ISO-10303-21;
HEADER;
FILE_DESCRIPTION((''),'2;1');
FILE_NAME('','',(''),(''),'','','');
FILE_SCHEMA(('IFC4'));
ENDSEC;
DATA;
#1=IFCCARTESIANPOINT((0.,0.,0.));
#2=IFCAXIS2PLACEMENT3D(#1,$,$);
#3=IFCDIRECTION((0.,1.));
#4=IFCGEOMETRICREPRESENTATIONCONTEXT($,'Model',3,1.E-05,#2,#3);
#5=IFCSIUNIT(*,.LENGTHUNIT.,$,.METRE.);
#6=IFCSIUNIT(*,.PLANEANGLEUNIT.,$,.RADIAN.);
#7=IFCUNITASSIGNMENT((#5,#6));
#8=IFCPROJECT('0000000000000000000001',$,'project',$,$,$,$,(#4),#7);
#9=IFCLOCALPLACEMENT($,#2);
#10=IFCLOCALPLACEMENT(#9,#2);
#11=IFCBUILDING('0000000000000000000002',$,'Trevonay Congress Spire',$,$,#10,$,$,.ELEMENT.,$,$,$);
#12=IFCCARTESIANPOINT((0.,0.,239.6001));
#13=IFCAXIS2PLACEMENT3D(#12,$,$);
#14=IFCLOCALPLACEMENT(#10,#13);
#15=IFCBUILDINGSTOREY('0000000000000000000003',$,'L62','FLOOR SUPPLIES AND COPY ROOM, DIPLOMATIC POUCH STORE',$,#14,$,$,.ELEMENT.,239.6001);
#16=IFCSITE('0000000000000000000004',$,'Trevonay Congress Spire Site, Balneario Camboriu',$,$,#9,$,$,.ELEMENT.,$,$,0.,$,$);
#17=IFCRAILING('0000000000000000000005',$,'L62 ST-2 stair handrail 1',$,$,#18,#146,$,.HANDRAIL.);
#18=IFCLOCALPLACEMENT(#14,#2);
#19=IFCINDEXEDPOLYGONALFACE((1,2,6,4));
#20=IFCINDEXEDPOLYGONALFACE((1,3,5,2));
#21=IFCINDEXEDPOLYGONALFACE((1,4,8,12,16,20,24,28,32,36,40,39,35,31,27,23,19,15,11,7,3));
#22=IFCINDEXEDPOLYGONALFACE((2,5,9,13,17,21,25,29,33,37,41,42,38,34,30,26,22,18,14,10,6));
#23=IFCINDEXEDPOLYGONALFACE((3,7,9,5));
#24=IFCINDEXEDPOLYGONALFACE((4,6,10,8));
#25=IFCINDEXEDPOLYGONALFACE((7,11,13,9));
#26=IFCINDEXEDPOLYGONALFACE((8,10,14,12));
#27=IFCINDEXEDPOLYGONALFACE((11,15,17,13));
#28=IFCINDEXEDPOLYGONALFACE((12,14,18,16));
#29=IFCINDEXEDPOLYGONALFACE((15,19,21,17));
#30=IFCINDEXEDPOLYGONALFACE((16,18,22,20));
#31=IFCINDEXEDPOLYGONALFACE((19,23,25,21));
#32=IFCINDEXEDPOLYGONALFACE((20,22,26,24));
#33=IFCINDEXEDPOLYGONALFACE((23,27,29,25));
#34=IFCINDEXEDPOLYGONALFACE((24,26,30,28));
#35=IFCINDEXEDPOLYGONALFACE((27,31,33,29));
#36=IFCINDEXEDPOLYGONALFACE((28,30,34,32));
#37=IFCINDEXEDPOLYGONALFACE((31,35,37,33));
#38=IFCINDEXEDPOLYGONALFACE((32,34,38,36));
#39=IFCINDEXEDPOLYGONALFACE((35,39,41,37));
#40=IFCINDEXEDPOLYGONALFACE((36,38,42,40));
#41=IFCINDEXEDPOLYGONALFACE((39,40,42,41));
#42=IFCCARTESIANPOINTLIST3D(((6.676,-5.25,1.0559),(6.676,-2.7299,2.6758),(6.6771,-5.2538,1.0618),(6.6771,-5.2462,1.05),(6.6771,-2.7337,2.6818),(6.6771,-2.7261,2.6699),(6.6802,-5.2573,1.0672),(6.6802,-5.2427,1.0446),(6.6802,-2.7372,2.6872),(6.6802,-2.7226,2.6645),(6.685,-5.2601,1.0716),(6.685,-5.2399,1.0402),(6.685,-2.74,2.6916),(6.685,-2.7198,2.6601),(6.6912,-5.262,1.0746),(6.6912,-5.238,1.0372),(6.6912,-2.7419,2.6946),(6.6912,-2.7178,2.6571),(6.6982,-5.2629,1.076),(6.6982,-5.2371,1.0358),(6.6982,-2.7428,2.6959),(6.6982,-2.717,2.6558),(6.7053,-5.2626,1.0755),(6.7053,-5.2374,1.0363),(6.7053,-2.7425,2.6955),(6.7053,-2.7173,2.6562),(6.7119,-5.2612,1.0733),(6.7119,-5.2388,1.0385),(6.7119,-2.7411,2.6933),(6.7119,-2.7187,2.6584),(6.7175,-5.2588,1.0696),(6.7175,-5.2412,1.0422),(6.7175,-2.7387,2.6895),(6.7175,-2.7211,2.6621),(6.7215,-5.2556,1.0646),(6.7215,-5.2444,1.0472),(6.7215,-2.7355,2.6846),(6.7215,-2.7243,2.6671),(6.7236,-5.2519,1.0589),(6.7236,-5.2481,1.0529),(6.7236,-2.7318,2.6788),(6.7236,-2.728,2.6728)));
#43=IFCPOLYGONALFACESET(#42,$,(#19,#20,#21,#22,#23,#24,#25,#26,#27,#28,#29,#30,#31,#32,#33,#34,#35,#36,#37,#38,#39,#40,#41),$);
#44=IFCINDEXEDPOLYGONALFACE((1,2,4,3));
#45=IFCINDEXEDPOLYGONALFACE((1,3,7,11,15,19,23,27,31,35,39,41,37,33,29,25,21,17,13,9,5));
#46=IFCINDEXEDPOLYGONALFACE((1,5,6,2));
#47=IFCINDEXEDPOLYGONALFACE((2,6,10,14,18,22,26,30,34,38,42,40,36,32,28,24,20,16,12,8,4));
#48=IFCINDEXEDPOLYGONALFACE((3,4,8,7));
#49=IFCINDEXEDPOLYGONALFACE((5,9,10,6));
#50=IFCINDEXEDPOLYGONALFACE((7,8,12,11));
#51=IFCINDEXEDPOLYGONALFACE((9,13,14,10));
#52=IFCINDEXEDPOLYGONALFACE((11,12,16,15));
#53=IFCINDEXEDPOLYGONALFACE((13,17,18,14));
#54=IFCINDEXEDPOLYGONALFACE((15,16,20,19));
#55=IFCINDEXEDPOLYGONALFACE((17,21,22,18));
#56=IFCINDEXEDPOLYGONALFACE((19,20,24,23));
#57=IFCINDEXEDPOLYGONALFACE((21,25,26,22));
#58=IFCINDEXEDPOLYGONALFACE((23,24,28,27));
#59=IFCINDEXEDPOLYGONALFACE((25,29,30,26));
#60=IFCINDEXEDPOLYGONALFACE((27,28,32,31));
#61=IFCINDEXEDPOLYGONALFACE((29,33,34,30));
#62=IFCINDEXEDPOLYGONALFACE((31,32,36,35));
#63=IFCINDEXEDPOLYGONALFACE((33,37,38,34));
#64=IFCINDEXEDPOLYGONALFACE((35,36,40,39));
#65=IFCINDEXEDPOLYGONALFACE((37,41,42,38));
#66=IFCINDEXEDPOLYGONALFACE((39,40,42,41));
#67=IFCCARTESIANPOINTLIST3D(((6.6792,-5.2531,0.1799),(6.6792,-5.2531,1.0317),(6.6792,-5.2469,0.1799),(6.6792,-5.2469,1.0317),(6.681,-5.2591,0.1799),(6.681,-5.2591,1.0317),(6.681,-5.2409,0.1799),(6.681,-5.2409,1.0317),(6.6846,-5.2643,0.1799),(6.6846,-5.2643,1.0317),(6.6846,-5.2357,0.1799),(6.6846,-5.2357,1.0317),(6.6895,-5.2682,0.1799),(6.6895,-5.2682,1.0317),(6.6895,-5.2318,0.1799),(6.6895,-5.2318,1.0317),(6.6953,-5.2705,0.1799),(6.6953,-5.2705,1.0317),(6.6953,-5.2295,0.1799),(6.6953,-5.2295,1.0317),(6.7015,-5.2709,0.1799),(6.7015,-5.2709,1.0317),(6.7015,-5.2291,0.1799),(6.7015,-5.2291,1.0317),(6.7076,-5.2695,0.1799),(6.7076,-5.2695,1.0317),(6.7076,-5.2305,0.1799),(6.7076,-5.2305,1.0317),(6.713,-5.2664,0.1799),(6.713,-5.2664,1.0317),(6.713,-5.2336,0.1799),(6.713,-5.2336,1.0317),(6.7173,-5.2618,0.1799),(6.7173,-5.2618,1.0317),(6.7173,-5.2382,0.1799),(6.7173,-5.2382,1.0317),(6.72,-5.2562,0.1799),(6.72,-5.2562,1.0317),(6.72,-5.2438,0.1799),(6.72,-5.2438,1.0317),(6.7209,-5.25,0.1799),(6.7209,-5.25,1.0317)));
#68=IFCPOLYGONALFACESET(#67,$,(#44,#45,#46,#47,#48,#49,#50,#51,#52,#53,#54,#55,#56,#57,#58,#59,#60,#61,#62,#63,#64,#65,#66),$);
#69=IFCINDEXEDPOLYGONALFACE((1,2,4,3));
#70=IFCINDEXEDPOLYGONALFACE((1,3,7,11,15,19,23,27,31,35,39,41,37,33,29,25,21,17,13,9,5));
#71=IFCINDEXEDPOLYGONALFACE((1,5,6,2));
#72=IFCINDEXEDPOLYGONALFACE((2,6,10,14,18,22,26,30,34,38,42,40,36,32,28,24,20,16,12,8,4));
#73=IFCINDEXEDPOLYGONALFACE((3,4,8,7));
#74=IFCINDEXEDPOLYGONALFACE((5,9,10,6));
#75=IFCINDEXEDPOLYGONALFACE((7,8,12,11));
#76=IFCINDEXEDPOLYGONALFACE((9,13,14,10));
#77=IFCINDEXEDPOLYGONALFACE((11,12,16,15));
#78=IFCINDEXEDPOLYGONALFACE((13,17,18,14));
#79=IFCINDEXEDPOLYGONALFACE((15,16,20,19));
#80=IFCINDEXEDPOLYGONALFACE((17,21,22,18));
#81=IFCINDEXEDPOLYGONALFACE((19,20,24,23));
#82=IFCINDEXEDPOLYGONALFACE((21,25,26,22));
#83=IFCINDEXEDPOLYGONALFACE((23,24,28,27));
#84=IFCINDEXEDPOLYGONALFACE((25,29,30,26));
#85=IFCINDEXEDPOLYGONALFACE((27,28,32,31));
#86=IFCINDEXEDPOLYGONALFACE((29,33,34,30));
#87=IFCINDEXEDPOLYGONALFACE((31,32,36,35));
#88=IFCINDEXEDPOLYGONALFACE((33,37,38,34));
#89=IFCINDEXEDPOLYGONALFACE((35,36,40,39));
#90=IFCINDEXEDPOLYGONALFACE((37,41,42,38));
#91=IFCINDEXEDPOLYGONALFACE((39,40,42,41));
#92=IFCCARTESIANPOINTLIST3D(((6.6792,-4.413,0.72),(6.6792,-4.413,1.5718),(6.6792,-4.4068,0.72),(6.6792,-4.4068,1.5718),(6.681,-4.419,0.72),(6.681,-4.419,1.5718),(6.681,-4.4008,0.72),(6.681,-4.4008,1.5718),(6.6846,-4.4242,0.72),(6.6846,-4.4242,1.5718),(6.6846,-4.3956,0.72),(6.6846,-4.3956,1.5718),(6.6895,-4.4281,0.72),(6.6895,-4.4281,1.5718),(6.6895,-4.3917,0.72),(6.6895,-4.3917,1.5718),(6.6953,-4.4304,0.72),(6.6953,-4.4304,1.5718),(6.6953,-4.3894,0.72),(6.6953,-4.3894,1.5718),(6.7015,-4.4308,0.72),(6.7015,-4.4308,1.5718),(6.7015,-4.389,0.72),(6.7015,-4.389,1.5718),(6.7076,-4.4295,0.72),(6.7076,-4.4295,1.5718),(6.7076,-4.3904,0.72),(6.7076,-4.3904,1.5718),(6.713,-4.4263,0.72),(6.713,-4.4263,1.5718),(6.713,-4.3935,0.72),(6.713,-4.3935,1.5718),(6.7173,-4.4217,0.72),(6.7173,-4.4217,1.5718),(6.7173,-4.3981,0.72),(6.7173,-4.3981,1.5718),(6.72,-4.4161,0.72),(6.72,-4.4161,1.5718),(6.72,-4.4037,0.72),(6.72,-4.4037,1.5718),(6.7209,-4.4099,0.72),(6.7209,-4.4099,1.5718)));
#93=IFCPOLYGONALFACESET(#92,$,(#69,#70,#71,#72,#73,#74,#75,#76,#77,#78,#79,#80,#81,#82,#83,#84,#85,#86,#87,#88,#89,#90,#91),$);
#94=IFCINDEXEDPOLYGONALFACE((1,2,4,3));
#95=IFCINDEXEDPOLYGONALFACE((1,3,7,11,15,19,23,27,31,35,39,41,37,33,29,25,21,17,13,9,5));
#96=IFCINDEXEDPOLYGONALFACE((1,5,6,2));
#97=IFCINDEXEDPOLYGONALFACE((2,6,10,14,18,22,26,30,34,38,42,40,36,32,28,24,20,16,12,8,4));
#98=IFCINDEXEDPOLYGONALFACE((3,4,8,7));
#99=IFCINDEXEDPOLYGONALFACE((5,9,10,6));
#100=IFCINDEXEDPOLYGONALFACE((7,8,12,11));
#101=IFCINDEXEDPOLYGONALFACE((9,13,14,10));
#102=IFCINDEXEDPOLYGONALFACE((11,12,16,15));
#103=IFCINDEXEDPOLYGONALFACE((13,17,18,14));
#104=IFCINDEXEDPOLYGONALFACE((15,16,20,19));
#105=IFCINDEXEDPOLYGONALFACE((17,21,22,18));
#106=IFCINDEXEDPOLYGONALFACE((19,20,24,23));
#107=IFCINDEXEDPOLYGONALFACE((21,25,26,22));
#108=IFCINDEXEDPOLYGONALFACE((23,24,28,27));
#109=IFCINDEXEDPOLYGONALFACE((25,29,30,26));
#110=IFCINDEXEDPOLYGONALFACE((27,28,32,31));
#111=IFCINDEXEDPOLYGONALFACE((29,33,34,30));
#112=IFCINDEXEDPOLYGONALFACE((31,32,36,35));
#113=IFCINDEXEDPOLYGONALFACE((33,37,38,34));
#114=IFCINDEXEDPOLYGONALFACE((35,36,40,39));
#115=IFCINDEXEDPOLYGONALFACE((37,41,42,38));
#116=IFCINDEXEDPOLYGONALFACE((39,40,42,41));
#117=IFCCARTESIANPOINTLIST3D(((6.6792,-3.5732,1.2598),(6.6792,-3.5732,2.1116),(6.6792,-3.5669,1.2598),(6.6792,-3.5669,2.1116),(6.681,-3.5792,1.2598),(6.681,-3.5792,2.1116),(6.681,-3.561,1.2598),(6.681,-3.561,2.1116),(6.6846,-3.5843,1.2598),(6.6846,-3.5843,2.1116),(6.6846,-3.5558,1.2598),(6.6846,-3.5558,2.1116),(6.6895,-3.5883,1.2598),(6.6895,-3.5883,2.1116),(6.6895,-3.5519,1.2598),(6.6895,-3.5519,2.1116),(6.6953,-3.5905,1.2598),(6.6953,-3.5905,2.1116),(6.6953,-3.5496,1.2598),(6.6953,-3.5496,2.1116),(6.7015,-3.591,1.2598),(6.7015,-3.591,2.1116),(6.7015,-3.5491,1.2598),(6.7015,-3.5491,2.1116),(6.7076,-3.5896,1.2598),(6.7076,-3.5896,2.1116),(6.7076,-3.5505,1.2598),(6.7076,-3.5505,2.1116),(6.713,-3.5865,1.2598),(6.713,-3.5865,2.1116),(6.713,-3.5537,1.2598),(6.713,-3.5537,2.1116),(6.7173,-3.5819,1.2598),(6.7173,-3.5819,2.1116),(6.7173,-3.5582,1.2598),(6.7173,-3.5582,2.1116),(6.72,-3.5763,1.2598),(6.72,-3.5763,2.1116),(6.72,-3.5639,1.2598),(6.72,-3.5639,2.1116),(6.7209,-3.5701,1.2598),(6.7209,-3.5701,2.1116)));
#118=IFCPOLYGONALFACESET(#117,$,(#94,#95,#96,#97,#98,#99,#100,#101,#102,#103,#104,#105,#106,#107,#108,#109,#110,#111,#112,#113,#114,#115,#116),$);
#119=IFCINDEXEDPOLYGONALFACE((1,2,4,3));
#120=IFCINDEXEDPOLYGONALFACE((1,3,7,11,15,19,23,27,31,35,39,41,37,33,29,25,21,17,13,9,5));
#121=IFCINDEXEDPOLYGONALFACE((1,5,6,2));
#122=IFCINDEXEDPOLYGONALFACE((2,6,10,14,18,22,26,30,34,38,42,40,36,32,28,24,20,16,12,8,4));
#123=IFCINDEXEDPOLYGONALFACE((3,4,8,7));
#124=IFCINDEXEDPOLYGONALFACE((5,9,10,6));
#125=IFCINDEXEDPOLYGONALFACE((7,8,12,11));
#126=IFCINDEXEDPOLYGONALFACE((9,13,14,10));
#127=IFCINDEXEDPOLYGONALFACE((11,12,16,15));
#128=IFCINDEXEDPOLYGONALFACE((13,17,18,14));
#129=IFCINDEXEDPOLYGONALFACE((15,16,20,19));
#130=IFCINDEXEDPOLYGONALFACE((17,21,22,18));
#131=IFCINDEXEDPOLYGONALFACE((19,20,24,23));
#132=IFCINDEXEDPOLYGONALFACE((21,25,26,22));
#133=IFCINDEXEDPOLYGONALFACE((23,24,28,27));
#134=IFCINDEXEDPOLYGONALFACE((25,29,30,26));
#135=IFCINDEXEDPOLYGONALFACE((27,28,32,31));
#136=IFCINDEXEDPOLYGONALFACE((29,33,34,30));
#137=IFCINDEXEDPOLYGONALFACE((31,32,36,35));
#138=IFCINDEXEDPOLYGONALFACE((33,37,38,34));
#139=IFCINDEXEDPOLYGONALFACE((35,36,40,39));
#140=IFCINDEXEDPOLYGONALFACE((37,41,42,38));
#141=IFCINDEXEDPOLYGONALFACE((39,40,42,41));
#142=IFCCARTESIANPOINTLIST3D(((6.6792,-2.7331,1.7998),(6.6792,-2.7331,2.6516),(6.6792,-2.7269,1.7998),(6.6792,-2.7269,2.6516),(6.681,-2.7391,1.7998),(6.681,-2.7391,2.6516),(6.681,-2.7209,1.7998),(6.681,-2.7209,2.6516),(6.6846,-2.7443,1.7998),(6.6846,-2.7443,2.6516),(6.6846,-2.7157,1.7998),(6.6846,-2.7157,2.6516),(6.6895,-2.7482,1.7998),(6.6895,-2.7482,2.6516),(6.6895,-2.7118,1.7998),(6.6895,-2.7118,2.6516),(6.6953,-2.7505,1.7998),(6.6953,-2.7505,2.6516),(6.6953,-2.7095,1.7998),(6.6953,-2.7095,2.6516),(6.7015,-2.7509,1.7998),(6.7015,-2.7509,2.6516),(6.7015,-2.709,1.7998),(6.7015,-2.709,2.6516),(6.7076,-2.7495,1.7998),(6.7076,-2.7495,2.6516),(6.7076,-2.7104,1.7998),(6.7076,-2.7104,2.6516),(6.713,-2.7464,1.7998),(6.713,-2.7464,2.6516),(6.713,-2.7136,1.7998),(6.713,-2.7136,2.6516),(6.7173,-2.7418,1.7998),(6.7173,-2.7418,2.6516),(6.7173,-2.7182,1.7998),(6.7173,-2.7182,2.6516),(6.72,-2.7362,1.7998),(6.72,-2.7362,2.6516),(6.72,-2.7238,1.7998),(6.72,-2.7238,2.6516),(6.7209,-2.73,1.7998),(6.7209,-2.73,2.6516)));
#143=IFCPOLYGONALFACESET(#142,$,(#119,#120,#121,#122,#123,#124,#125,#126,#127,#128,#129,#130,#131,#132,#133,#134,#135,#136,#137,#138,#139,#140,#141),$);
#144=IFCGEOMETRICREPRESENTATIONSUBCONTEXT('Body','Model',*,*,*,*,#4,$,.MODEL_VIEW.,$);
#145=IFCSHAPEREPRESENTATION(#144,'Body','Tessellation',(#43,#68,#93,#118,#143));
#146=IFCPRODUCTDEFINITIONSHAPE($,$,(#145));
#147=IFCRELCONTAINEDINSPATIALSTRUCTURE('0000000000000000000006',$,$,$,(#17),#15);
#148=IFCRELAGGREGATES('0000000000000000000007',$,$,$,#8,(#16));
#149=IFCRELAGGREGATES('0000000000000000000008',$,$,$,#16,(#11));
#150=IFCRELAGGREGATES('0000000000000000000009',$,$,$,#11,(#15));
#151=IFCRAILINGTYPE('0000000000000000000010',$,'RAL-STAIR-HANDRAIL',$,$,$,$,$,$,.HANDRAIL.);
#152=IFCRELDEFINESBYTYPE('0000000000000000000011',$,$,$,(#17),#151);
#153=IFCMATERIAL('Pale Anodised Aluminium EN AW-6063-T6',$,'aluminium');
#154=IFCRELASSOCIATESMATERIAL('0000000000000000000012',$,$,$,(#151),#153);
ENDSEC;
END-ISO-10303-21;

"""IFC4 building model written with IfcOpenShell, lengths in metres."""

from ifc_helpers import new_model, si_unit, direction, frame, origin, origin_2d, place, context, subcontext, project, spatial, circle, extrude, material, type_object, element, save


model = new_model("IFC4")

# Units and contexts
model_context = context("Model", 3, precision=1e-05, world=origin(), true_north=direction((0.0, 1.0)))
body_context = subcontext(model_context, "Body", "Model", "MODEL_VIEW")
ifc_project = project(units=[si_unit("LENGTHUNIT", "METRE"), si_unit("PLANEANGLEUNIT", "RADIAN")], contexts=[model_context])

# Site, building, storey
site_placement = place(None, origin())
site = spatial("IfcSite", under=ifc_project, at=site_placement, Name="Trevonay Congress Spire Site, Balneario Camboriu", CompositionType="ELEMENT", RefElevation=0.0)
building_placement = place(site_placement, origin())
building = spatial("IfcBuilding", under=site, at=building_placement, Name="Trevonay Congress Spire", CompositionType="ELEMENT")
storey_placement = place(building_placement, frame((0.0, 0.0, 239.6001)))
storey = spatial("IfcBuildingStorey", under=building, at=storey_placement, Name="L62", Description="FLOOR SUPPLIES AND COPY ROOM, DIPLOMATIC POUCH STORE", CompositionType="ELEMENT", Elevation=239.6001)

# Shared definitions
ifc_material_1 = material(Name="Pale Anodised Aluminium EN AW-6063-T6", Category="aluminium")

# Railing
railing_type_1 = type_object("IfcRailingType", Name="RAL-STAIR-HANDRAIL", PredefinedType="HANDRAIL", material=ifc_material_1)
railing_1_placement = place(storey_placement, frame((6.7, -5.25, 0.1799)))
element("IfcRailing", 1, at=railing_1_placement, inside=storey, type_object=railing_type_1, Name="L62 ST-2 stair handrail 1", PredefinedType="HANDRAIL", context=body_context, shape_type="SweptSolid", body=[
    extrude(circle(Radius=0.0239, at=origin_2d()), frame((0.0, 0.0, 0.876), z_axis=(0.0, 0.8412, 0.540725), x_axis=(-1.0, 0.0, 0.0)), (0.0, 0.0, 1.0), 2.9958),
    extrude(circle(Radius=0.021, at=origin_2d()), origin(), (0.0, 0.0, 1.0), 0.8518),
    extrude(circle(Radius=0.021, at=origin_2d()), frame((0.0, 0.8401, 0.54)), (0.0, 0.0, 1.0), 0.8518),
    extrude(circle(Radius=0.021, at=origin_2d()), frame((0.0, 1.6799, 1.0798)), (0.0, 0.0, 1.0), 0.8518),
    extrude(circle(Radius=0.021, at=origin_2d()), frame((0.0, 2.52, 1.6199)), (0.0, 0.0, 1.0), 0.8518),
])

save(model, "model.ifc")
